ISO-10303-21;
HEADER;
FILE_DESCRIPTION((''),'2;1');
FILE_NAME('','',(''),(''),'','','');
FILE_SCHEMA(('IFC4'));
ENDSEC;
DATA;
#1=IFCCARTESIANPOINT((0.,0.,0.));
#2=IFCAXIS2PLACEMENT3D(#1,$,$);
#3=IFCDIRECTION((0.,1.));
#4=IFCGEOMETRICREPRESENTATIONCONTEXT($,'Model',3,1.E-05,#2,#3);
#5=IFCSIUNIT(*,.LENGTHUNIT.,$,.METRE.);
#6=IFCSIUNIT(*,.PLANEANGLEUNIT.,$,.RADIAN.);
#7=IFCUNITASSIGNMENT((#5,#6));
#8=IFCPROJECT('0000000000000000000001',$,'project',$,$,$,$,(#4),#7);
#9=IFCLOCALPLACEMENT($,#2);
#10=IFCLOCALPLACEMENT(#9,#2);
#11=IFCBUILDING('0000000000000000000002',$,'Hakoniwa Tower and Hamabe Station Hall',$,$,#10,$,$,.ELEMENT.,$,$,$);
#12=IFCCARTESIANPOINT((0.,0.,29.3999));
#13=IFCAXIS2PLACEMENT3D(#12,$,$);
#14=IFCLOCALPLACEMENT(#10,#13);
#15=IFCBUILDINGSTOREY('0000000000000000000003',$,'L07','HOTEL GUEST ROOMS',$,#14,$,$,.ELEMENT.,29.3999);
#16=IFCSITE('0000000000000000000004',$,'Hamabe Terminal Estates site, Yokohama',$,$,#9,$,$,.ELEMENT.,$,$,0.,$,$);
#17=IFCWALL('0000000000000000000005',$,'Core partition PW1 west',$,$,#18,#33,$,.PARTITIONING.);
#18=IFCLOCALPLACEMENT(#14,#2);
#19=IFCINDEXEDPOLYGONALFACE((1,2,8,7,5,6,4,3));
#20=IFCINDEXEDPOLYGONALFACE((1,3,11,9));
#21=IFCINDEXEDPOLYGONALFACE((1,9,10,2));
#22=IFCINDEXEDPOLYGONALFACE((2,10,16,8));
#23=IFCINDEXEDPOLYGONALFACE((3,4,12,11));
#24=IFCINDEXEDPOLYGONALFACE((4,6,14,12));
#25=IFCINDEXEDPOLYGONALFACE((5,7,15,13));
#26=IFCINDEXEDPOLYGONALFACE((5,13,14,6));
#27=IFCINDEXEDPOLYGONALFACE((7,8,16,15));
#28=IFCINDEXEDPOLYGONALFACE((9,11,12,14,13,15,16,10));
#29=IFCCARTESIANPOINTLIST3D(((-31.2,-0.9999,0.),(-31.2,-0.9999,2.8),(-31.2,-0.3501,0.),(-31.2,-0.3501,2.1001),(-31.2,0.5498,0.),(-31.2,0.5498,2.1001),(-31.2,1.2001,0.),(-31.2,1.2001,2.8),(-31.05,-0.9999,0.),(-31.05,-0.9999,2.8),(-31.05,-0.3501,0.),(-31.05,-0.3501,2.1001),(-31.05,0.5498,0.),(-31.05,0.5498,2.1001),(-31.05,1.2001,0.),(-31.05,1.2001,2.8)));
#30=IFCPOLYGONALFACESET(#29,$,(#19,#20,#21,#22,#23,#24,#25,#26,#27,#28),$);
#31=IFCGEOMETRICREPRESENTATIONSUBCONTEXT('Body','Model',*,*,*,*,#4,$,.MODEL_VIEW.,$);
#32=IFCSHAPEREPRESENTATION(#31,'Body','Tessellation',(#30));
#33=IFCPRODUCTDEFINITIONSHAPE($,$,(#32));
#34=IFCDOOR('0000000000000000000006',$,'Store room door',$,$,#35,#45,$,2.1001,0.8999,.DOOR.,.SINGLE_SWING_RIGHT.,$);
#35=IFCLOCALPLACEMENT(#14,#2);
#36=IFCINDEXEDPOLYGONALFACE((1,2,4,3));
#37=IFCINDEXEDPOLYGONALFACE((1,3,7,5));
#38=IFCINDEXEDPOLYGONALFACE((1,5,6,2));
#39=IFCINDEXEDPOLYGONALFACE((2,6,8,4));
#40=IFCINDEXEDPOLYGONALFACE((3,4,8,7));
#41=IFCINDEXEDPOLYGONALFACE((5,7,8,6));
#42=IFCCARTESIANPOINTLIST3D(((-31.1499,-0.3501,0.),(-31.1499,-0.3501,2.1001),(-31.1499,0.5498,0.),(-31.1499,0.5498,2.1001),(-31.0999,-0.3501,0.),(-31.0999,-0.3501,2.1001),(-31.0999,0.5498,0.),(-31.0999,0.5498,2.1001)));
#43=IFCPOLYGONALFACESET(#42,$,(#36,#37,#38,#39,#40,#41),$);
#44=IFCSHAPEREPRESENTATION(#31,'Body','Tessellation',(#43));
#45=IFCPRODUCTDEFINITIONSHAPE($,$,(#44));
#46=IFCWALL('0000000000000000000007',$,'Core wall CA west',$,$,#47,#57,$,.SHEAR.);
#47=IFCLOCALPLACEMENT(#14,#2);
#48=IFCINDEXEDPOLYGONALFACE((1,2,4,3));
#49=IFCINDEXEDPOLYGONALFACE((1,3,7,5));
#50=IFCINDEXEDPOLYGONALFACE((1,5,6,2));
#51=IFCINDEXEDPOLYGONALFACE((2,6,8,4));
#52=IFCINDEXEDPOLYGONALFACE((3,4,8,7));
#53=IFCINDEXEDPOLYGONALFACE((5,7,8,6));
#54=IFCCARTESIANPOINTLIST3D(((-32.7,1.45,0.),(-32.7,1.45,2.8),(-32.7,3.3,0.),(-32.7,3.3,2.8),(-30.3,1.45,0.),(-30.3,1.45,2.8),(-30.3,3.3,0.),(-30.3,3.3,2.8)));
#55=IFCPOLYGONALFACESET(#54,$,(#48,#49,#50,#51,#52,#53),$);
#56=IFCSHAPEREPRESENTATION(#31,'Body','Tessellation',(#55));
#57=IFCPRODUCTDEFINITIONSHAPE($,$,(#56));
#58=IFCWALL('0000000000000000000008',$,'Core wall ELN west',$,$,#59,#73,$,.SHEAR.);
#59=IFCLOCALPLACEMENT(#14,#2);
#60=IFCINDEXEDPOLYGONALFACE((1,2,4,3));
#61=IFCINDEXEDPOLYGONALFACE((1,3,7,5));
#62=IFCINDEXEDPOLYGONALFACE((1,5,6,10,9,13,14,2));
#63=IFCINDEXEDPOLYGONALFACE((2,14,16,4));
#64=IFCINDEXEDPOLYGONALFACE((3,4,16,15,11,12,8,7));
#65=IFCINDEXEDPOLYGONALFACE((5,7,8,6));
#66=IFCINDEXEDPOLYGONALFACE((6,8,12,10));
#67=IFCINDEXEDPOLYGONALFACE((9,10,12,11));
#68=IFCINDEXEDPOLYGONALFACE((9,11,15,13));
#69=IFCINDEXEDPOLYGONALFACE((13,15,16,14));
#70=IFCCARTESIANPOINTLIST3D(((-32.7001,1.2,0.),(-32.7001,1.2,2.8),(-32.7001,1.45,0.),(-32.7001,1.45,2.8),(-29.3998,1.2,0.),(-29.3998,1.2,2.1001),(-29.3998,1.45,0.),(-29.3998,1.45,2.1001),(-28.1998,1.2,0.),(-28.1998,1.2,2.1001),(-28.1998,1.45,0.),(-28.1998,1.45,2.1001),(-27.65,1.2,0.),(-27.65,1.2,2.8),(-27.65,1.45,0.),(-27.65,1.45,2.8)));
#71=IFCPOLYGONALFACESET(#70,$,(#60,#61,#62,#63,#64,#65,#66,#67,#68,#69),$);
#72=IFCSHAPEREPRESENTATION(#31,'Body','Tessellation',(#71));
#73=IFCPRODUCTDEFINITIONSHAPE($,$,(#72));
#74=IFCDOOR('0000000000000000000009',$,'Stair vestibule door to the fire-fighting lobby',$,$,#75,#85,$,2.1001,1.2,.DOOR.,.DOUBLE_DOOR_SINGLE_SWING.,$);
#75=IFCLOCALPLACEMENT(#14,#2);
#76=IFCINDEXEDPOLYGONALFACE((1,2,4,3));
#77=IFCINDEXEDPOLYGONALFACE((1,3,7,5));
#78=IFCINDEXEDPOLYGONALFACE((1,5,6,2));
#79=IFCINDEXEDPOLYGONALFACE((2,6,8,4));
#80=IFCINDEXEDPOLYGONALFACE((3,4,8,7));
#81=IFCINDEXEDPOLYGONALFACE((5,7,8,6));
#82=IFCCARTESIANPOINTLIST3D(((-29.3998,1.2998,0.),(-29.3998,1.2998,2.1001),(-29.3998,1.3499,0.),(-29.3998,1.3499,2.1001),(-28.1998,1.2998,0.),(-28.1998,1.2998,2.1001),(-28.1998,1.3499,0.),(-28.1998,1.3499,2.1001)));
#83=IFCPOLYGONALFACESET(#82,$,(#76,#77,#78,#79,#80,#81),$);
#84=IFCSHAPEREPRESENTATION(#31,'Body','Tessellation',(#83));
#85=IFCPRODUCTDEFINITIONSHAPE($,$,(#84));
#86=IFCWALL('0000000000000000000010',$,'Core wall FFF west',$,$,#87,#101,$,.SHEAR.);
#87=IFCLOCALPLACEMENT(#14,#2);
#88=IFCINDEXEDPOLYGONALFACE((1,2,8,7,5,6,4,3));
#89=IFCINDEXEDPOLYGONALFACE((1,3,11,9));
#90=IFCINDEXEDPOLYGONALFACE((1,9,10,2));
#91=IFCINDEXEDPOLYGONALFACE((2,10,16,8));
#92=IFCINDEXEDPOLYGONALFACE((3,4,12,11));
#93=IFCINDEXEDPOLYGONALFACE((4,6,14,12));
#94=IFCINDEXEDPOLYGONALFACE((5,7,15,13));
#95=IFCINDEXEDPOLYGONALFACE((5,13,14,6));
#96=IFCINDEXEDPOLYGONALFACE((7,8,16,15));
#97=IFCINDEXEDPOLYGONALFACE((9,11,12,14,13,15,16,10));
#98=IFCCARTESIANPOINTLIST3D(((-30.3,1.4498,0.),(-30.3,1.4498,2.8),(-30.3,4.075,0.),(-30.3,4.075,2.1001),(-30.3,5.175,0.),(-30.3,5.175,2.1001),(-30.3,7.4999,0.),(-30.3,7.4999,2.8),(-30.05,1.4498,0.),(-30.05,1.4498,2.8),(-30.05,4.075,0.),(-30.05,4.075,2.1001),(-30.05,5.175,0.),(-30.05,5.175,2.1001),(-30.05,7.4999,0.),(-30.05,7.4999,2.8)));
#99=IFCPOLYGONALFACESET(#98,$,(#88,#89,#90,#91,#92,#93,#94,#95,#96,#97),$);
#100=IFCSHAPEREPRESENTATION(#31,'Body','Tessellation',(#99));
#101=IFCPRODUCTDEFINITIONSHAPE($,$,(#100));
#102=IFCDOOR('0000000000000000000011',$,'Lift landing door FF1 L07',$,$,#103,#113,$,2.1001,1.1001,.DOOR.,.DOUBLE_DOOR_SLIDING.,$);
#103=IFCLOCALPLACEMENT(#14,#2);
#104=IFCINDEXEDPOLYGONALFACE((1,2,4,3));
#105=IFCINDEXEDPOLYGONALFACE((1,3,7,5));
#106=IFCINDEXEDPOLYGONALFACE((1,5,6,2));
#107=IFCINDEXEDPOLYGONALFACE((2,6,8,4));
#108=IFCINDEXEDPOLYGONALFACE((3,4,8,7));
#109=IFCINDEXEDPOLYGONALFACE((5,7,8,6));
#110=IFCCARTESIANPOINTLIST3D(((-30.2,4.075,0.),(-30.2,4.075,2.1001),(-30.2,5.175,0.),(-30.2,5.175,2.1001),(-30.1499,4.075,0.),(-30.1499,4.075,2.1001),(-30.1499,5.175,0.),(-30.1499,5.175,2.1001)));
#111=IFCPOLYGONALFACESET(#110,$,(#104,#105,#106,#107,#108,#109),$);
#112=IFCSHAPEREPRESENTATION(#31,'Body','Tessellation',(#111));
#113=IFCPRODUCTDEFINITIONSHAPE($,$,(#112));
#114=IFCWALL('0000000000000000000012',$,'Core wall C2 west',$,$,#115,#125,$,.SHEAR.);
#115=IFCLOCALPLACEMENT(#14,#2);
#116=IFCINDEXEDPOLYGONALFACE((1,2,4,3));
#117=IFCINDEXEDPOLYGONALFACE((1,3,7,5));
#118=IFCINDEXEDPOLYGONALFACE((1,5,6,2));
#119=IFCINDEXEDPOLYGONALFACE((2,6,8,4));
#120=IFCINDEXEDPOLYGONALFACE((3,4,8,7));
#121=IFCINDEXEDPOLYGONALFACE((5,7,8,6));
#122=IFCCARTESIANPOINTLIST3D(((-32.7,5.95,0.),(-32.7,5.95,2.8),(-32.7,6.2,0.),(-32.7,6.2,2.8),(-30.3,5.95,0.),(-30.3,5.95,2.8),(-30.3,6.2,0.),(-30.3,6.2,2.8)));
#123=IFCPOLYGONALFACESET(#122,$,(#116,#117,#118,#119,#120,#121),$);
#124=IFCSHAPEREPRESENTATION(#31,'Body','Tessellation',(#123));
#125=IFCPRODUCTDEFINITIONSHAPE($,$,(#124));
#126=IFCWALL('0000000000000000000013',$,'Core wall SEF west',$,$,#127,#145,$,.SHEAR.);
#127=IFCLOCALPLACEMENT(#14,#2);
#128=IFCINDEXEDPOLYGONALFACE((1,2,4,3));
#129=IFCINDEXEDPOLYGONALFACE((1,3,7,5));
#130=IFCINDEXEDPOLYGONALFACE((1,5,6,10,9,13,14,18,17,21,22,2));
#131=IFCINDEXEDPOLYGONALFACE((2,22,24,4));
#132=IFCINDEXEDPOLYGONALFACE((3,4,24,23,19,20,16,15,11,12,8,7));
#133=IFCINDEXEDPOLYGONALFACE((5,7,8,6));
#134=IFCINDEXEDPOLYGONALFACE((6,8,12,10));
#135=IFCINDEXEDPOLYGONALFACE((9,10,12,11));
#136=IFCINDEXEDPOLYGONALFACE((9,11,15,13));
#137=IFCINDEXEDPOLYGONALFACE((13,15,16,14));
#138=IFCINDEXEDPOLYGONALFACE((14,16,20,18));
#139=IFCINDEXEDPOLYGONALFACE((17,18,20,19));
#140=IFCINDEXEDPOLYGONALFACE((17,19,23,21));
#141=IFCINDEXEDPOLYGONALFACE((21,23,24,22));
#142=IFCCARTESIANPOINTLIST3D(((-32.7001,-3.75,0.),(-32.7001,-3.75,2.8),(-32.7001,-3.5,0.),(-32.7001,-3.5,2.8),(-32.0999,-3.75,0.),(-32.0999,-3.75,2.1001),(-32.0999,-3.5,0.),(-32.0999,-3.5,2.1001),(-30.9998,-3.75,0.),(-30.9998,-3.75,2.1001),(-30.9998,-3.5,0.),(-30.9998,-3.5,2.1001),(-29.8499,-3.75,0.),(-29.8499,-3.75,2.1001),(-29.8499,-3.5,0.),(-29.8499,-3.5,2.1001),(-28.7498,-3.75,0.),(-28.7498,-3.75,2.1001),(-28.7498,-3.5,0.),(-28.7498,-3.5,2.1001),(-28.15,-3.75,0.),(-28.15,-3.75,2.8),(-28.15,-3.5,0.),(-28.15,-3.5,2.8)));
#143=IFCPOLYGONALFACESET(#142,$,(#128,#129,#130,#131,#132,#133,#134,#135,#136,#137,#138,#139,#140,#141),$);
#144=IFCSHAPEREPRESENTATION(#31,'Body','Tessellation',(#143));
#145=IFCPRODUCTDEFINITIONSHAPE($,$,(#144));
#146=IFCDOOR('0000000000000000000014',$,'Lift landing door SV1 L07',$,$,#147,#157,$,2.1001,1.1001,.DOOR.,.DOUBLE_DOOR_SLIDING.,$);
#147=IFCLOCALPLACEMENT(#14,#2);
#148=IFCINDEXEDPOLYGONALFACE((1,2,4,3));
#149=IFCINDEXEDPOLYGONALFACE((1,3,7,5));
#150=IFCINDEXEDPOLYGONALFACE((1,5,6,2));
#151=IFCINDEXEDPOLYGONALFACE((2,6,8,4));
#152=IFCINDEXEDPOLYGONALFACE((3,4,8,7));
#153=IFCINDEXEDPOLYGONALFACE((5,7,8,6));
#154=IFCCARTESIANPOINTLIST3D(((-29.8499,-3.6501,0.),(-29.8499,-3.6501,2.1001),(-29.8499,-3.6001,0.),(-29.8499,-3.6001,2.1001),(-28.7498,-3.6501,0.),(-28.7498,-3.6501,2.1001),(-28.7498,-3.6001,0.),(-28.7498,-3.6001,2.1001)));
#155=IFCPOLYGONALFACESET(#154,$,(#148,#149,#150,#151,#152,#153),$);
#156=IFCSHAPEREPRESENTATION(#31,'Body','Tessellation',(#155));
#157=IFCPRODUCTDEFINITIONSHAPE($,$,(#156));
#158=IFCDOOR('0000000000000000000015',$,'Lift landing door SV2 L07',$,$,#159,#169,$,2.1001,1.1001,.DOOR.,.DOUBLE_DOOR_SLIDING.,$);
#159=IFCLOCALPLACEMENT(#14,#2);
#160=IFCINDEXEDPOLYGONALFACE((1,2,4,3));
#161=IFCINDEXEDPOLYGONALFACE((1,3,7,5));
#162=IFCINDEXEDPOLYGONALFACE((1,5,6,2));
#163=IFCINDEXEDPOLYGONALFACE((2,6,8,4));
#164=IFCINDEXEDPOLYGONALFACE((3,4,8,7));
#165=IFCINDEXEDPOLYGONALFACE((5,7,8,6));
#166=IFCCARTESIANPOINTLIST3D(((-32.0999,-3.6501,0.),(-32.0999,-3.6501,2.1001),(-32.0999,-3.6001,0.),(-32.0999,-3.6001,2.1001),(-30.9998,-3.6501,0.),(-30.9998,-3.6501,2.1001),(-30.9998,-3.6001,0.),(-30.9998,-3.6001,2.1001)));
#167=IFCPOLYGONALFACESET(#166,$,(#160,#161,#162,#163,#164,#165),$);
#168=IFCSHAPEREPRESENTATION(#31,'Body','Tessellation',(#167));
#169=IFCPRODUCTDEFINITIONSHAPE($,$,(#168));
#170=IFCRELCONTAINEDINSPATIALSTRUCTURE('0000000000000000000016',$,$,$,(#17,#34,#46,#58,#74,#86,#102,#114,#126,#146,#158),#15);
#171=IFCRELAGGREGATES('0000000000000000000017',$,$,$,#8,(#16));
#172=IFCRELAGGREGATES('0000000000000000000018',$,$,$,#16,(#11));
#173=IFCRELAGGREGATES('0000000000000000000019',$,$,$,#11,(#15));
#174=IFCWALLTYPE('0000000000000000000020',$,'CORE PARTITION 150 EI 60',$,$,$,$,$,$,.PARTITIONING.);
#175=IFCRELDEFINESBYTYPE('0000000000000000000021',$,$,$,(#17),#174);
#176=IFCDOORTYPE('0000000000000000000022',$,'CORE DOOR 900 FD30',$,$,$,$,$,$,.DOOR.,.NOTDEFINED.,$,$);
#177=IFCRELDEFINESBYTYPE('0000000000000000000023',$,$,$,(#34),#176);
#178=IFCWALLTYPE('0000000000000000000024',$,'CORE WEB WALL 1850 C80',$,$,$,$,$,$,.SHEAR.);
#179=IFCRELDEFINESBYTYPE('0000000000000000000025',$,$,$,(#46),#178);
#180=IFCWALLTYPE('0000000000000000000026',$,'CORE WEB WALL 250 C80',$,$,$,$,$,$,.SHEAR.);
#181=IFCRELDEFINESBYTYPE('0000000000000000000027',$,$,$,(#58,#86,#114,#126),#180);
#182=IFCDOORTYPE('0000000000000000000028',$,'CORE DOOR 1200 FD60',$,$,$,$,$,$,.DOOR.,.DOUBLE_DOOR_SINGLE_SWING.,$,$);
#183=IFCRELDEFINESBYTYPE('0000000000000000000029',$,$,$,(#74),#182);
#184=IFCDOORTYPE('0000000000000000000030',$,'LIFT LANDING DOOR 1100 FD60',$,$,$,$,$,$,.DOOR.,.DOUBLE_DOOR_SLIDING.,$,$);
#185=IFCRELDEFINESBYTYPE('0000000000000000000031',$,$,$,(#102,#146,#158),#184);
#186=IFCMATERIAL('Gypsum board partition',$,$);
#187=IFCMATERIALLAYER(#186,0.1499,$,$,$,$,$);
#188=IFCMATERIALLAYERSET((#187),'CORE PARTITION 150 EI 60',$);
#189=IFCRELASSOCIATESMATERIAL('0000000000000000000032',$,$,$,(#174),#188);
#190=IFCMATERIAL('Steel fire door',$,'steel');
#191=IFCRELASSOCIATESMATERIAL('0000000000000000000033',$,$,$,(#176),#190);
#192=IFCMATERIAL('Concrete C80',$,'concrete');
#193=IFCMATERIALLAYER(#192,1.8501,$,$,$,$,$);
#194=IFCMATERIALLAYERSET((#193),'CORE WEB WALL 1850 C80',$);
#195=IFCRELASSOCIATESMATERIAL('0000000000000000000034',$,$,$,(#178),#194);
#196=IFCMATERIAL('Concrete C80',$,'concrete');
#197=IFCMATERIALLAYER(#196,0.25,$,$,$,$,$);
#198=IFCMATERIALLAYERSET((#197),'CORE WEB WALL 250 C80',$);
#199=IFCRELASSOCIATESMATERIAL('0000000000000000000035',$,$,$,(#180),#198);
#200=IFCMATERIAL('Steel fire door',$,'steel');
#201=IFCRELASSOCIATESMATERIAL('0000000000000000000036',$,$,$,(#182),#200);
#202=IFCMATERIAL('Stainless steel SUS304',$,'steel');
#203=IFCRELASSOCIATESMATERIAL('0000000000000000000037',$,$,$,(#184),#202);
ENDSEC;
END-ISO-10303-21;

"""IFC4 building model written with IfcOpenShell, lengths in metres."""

from ifc_helpers import new_model, si_unit, direction, frame, frame_2d, origin, place, context, subcontext, project, spatial, rectangle, extrude, material, layer, layer_set, type_object, element, fill, save


model = new_model("IFC4")

# Units and contexts
model_context = context("Model", 3, precision=1e-05, world=origin(), true_north=direction((0.0, 1.0)))
body_context = subcontext(model_context, "Body", "Model", "MODEL_VIEW")
ifc_project = project(units=[si_unit("LENGTHUNIT", "METRE"), si_unit("PLANEANGLEUNIT", "RADIAN")], contexts=[model_context])

# Site, building, storey
site_placement = place(None, origin())
site = spatial("IfcSite", under=ifc_project, at=site_placement, Name="Hamabe Terminal Estates site, Yokohama", CompositionType="ELEMENT", RefElevation=0.0)
building_placement = place(site_placement, origin())
building = spatial("IfcBuilding", under=site, at=building_placement, Name="Hakoniwa Tower and Hamabe Station Hall", CompositionType="ELEMENT")
storey_placement = place(building_placement, frame((0.0, 0.0, 29.3999)))
storey = spatial("IfcBuildingStorey", under=building, at=storey_placement, Name="L07", Description="HOTEL GUEST ROOMS", CompositionType="ELEMENT", Elevation=29.3999)

# Shared definitions
ifc_material_1 = material(Name="Gypsum board partition")
ifc_layer_1 = layer(ifc_material_1, 0.1499)
ifc_layer_set_1 = layer_set([ifc_layer_1], Name="CORE PARTITION 150 EI 60")
wall_type_1 = type_object("IfcWallType", Name="CORE PARTITION 150 EI 60", PredefinedType="PARTITIONING", material=ifc_layer_set_1)
ifc_material_2 = material(Name="Steel fire door", Category="steel")
door_type_1 = type_object("IfcDoorType", Name="CORE DOOR 900 FD30", OperationType="NOTDEFINED", PredefinedType="DOOR", material=ifc_material_2)

# Wall, opening, door
wall_1_placement = place(storey_placement, frame((-31.125, -1.0, 0.0), z_axis=(0.0, 0.0, 1.0), x_axis=(0.0, 1.0, 0.0)))
wall_1 = element("IfcWall", 1, at=wall_1_placement, inside=storey, type_object=wall_type_1, Name="Core partition PW1 west", PredefinedType="PARTITIONING", context=body_context, shape_type="SweptSolid", body=[
    extrude(rectangle(XDim=2.2, YDim=0.1499, at=frame_2d((1.1001, 0.0))), origin(), (0.0, 0.0, 1.0), 2.8),
])
opening_1_placement = place(wall_1_placement, frame((0.6499, 0.0, 0.0)))
opening_1 = element("IfcOpeningElement", 2, at=opening_1_placement, cuts=wall_1, PredefinedType="OPENING", context=body_context, shape_type="SweptSolid", body=[
    extrude(rectangle(XDim=0.8999, YDim=2.1001, at=frame_2d((0.45, 1.05))), frame((0.0, 0.085, 0.0), z_axis=(0.0, -1.0, 0.0), x_axis=(1.0, 0.0, 0.0)), (0.0, 0.0, 1.0), 0.1699),
])
door_1_placement = place(opening_1_placement, origin())
door_1 = element("IfcDoor", 3, at=door_1_placement, inside=storey, type_object=door_type_1, Name="Store room door", OperationType="SINGLE_SWING_RIGHT", OverallHeight=2.1001, OverallWidth=0.8999, PredefinedType="DOOR", context=body_context, shape_type="SweptSolid", body=[
    extrude(rectangle(XDim=0.8999, YDim=2.1001, at=frame_2d((0.45, 1.05))), frame((0.0, 0.0249, 0.0), z_axis=(0.0, -1.0, 0.0), x_axis=(1.0, 0.0, 0.0)), (0.0, 0.0, 1.0), 0.05),
])
fill(opening_1, door_1)

# Wall
ifc_material_3 = material(Name="Concrete C80", Category="concrete")
ifc_layer_2 = layer(ifc_material_3, 1.8501)
ifc_layer_set_2 = layer_set([ifc_layer_2], Name="CORE WEB WALL 1850 C80")
wall_type_2 = type_object("IfcWallType", Name="CORE WEB WALL 1850 C80", PredefinedType="SHEAR", material=ifc_layer_set_2)
wall_2_placement = place(storey_placement, frame((-32.7, 2.375, 0.0), z_axis=(0.0, 0.0, 1.0), x_axis=(1.0, 0.0, 0.0)))
element("IfcWall", 4, at=wall_2_placement, inside=storey, type_object=wall_type_2, Name="Core wall CA west", PredefinedType="SHEAR", context=body_context, shape_type="SweptSolid", body=[
    extrude(rectangle(XDim=2.3999, YDim=1.8501, at=frame_2d((1.2, 0.0))), origin(), (0.0, 0.0, 1.0), 2.8),
])

# Walls, openings, doors
ifc_material_4 = material(Name="Concrete C80", Category="concrete")
ifc_layer_3 = layer(ifc_material_4, 0.25)
ifc_layer_set_3 = layer_set([ifc_layer_3], Name="CORE WEB WALL 250 C80")
wall_type_3 = type_object("IfcWallType", Name="CORE WEB WALL 250 C80", PredefinedType="SHEAR", material=ifc_layer_set_3)
wall_3_placement = place(storey_placement, frame((-32.7, 1.325, 0.0), z_axis=(0.0, 0.0, 1.0), x_axis=(1.0, 0.0, 0.0)))
wall_3 = element("IfcWall", 5, at=wall_3_placement, inside=storey, type_object=wall_type_3, Name="Core wall ELN west", PredefinedType="SHEAR", context=body_context, shape_type="SweptSolid", body=[
    extrude(rectangle(XDim=5.05, YDim=0.25, at=frame_2d((2.5249, 0.0))), origin(), (0.0, 0.0, 1.0), 2.8),
])
opening_2_placement = place(wall_3_placement, frame((3.3, 0.0, 0.0)))
opening_2 = element("IfcOpeningElement", 6, at=opening_2_placement, cuts=wall_3, PredefinedType="OPENING", context=body_context, shape_type="SweptSolid", body=[
    extrude(rectangle(XDim=1.2, YDim=2.1001, at=frame_2d((0.6001, 1.05))), frame((0.0, 0.135, 0.0), z_axis=(0.0, -1.0, 0.0), x_axis=(1.0, 0.0, 0.0)), (0.0, 0.0, 1.0), 0.27),
])
ifc_material_5 = material(Name="Steel fire door", Category="steel")
door_type_2 = type_object("IfcDoorType", Name="CORE DOOR 1200 FD60", OperationType="DOUBLE_DOOR_SINGLE_SWING", PredefinedType="DOOR", material=ifc_material_5)
door_2_placement = place(opening_2_placement, origin())
door_2 = element("IfcDoor", 7, at=door_2_placement, inside=storey, type_object=door_type_2, Name="Stair vestibule door to the fire-fighting lobby", OperationType="DOUBLE_DOOR_SINGLE_SWING", OverallHeight=2.1001, OverallWidth=1.2, PredefinedType="DOOR", context=body_context, shape_type="SweptSolid", body=[
    extrude(rectangle(XDim=1.2, YDim=2.1001, at=frame_2d((0.6001, 1.05))), frame((0.0, 0.0249, 0.0), z_axis=(0.0, -1.0, 0.0), x_axis=(1.0, 0.0, 0.0)), (0.0, 0.0, 1.0), 0.05),
])
fill(opening_2, door_2)
wall_4_placement = place(storey_placement, frame((-30.175, 1.45, 0.0), z_axis=(0.0, 0.0, 1.0), x_axis=(0.0, 1.0, 0.0)))
wall_4 = element("IfcWall", 8, at=wall_4_placement, inside=storey, type_object=wall_type_3, Name="Core wall FFF west", PredefinedType="SHEAR", context=body_context, shape_type="SweptSolid", body=[
    extrude(rectangle(XDim=6.05, YDim=0.25, at=frame_2d((3.0249, 0.0))), origin(), (0.0, 0.0, 1.0), 2.8),
])
opening_3_placement = place(wall_4_placement, frame((2.625, 0.0, 0.0)))
opening_3 = element("IfcOpeningElement", 9, at=opening_3_placement, cuts=wall_4, PredefinedType="OPENING", context=body_context, shape_type="SweptSolid", body=[
    extrude(rectangle(XDim=1.1001, YDim=2.1001, at=frame_2d((0.55, 1.05))), frame((0.0, 0.135, 0.0), z_axis=(0.0, -1.0, 0.0), x_axis=(1.0, 0.0, 0.0)), (0.0, 0.0, 1.0), 0.27),
])
ifc_material_6 = material(Name="Stainless steel SUS304", Category="steel")
door_type_3 = type_object("IfcDoorType", Name="LIFT LANDING DOOR 1100 FD60", OperationType="DOUBLE_DOOR_SLIDING", PredefinedType="DOOR", material=ifc_material_6)
door_3_placement = place(opening_3_placement, origin())
door_3 = element("IfcDoor", 10, at=door_3_placement, inside=storey, type_object=door_type_3, Name="Lift landing door FF1 L07", OperationType="DOUBLE_DOOR_SLIDING", OverallHeight=2.1001, OverallWidth=1.1001, PredefinedType="DOOR", context=body_context, shape_type="SweptSolid", body=[
    extrude(rectangle(XDim=1.1001, YDim=2.1001, at=frame_2d((0.55, 1.05))), frame((0.0, 0.0249, 0.0), z_axis=(0.0, -1.0, 0.0), x_axis=(1.0, 0.0, 0.0)), (0.0, 0.0, 1.0), 0.05),
])
fill(opening_3, door_3)

# Wall
wall_5_placement = place(storey_placement, frame((-32.7, 6.075, 0.0), z_axis=(0.0, 0.0, 1.0), x_axis=(1.0, 0.0, 0.0)))
element("IfcWall", 11, at=wall_5_placement, inside=storey, type_object=wall_type_3, Name="Core wall C2 west", PredefinedType="SHEAR", context=body_context, shape_type="SweptSolid", body=[
    extrude(rectangle(XDim=2.3999, YDim=0.25, at=frame_2d((1.2, 0.0))), origin(), (0.0, 0.0, 1.0), 2.8),
])

# Wall, openings, doors
wall_6_placement = place(storey_placement, frame((-32.7, -3.625, 0.0), z_axis=(0.0, 0.0, 1.0), x_axis=(1.0, 0.0, 0.0)))
wall_6 = element("IfcWall", 12, at=wall_6_placement, inside=storey, type_object=wall_type_3, Name="Core wall SEF west", PredefinedType="SHEAR", context=body_context, shape_type="SweptSolid", body=[
    extrude(rectangle(XDim=4.55, YDim=0.25, at=frame_2d((2.2749, 0.0))), origin(), (0.0, 0.0, 1.0), 2.8),
])
opening_4_placement = place(wall_6_placement, frame((2.8501, 0.0, 0.0)))
opening_4 = element("IfcOpeningElement", 13, at=opening_4_placement, cuts=wall_6, PredefinedType="OPENING", context=body_context, shape_type="SweptSolid", body=[
    extrude(rectangle(XDim=1.1001, YDim=2.1001, at=frame_2d((0.55, 1.05))), frame((0.0, 0.135, 0.0), z_axis=(0.0, -1.0, 0.0), x_axis=(1.0, 0.0, 0.0)), (0.0, 0.0, 1.0), 0.27),
])
opening_5_placement = place(wall_6_placement, frame((0.6001, 0.0, 0.0)))
opening_5 = element("IfcOpeningElement", 14, at=opening_5_placement, cuts=wall_6, PredefinedType="OPENING", context=body_context, shape_type="SweptSolid", body=[
    extrude(rectangle(XDim=1.1001, YDim=2.1001, at=frame_2d((0.55, 1.05))), frame((0.0, 0.135, 0.0), z_axis=(0.0, -1.0, 0.0), x_axis=(1.0, 0.0, 0.0)), (0.0, 0.0, 1.0), 0.27),
])
door_4_placement = place(opening_4_placement, origin())
door_4 = element("IfcDoor", 15, at=door_4_placement, inside=storey, type_object=door_type_3, Name="Lift landing door SV1 L07", OperationType="DOUBLE_DOOR_SLIDING", OverallHeight=2.1001, OverallWidth=1.1001, PredefinedType="DOOR", context=body_context, shape_type="SweptSolid", body=[
    extrude(rectangle(XDim=1.1001, YDim=2.1001, at=frame_2d((0.55, 1.05))), frame((0.0, 0.0249, 0.0), z_axis=(0.0, -1.0, 0.0), x_axis=(1.0, 0.0, 0.0)), (0.0, 0.0, 1.0), 0.05),
])
fill(opening_4, door_4)
door_5_placement = place(opening_5_placement, origin())
door_5 = element("IfcDoor", 16, at=door_5_placement, inside=storey, type_object=door_type_3, Name="Lift landing door SV2 L07", OperationType="DOUBLE_DOOR_SLIDING", OverallHeight=2.1001, OverallWidth=1.1001, PredefinedType="DOOR", context=body_context, shape_type="SweptSolid", body=[
    extrude(rectangle(XDim=1.1001, YDim=2.1001, at=frame_2d((0.55, 1.05))), frame((0.0, 0.0249, 0.0), z_axis=(0.0, -1.0, 0.0), x_axis=(1.0, 0.0, 0.0)), (0.0, 0.0, 1.0), 0.05),
])
fill(opening_5, door_5)

save(model, "model.ifc")
